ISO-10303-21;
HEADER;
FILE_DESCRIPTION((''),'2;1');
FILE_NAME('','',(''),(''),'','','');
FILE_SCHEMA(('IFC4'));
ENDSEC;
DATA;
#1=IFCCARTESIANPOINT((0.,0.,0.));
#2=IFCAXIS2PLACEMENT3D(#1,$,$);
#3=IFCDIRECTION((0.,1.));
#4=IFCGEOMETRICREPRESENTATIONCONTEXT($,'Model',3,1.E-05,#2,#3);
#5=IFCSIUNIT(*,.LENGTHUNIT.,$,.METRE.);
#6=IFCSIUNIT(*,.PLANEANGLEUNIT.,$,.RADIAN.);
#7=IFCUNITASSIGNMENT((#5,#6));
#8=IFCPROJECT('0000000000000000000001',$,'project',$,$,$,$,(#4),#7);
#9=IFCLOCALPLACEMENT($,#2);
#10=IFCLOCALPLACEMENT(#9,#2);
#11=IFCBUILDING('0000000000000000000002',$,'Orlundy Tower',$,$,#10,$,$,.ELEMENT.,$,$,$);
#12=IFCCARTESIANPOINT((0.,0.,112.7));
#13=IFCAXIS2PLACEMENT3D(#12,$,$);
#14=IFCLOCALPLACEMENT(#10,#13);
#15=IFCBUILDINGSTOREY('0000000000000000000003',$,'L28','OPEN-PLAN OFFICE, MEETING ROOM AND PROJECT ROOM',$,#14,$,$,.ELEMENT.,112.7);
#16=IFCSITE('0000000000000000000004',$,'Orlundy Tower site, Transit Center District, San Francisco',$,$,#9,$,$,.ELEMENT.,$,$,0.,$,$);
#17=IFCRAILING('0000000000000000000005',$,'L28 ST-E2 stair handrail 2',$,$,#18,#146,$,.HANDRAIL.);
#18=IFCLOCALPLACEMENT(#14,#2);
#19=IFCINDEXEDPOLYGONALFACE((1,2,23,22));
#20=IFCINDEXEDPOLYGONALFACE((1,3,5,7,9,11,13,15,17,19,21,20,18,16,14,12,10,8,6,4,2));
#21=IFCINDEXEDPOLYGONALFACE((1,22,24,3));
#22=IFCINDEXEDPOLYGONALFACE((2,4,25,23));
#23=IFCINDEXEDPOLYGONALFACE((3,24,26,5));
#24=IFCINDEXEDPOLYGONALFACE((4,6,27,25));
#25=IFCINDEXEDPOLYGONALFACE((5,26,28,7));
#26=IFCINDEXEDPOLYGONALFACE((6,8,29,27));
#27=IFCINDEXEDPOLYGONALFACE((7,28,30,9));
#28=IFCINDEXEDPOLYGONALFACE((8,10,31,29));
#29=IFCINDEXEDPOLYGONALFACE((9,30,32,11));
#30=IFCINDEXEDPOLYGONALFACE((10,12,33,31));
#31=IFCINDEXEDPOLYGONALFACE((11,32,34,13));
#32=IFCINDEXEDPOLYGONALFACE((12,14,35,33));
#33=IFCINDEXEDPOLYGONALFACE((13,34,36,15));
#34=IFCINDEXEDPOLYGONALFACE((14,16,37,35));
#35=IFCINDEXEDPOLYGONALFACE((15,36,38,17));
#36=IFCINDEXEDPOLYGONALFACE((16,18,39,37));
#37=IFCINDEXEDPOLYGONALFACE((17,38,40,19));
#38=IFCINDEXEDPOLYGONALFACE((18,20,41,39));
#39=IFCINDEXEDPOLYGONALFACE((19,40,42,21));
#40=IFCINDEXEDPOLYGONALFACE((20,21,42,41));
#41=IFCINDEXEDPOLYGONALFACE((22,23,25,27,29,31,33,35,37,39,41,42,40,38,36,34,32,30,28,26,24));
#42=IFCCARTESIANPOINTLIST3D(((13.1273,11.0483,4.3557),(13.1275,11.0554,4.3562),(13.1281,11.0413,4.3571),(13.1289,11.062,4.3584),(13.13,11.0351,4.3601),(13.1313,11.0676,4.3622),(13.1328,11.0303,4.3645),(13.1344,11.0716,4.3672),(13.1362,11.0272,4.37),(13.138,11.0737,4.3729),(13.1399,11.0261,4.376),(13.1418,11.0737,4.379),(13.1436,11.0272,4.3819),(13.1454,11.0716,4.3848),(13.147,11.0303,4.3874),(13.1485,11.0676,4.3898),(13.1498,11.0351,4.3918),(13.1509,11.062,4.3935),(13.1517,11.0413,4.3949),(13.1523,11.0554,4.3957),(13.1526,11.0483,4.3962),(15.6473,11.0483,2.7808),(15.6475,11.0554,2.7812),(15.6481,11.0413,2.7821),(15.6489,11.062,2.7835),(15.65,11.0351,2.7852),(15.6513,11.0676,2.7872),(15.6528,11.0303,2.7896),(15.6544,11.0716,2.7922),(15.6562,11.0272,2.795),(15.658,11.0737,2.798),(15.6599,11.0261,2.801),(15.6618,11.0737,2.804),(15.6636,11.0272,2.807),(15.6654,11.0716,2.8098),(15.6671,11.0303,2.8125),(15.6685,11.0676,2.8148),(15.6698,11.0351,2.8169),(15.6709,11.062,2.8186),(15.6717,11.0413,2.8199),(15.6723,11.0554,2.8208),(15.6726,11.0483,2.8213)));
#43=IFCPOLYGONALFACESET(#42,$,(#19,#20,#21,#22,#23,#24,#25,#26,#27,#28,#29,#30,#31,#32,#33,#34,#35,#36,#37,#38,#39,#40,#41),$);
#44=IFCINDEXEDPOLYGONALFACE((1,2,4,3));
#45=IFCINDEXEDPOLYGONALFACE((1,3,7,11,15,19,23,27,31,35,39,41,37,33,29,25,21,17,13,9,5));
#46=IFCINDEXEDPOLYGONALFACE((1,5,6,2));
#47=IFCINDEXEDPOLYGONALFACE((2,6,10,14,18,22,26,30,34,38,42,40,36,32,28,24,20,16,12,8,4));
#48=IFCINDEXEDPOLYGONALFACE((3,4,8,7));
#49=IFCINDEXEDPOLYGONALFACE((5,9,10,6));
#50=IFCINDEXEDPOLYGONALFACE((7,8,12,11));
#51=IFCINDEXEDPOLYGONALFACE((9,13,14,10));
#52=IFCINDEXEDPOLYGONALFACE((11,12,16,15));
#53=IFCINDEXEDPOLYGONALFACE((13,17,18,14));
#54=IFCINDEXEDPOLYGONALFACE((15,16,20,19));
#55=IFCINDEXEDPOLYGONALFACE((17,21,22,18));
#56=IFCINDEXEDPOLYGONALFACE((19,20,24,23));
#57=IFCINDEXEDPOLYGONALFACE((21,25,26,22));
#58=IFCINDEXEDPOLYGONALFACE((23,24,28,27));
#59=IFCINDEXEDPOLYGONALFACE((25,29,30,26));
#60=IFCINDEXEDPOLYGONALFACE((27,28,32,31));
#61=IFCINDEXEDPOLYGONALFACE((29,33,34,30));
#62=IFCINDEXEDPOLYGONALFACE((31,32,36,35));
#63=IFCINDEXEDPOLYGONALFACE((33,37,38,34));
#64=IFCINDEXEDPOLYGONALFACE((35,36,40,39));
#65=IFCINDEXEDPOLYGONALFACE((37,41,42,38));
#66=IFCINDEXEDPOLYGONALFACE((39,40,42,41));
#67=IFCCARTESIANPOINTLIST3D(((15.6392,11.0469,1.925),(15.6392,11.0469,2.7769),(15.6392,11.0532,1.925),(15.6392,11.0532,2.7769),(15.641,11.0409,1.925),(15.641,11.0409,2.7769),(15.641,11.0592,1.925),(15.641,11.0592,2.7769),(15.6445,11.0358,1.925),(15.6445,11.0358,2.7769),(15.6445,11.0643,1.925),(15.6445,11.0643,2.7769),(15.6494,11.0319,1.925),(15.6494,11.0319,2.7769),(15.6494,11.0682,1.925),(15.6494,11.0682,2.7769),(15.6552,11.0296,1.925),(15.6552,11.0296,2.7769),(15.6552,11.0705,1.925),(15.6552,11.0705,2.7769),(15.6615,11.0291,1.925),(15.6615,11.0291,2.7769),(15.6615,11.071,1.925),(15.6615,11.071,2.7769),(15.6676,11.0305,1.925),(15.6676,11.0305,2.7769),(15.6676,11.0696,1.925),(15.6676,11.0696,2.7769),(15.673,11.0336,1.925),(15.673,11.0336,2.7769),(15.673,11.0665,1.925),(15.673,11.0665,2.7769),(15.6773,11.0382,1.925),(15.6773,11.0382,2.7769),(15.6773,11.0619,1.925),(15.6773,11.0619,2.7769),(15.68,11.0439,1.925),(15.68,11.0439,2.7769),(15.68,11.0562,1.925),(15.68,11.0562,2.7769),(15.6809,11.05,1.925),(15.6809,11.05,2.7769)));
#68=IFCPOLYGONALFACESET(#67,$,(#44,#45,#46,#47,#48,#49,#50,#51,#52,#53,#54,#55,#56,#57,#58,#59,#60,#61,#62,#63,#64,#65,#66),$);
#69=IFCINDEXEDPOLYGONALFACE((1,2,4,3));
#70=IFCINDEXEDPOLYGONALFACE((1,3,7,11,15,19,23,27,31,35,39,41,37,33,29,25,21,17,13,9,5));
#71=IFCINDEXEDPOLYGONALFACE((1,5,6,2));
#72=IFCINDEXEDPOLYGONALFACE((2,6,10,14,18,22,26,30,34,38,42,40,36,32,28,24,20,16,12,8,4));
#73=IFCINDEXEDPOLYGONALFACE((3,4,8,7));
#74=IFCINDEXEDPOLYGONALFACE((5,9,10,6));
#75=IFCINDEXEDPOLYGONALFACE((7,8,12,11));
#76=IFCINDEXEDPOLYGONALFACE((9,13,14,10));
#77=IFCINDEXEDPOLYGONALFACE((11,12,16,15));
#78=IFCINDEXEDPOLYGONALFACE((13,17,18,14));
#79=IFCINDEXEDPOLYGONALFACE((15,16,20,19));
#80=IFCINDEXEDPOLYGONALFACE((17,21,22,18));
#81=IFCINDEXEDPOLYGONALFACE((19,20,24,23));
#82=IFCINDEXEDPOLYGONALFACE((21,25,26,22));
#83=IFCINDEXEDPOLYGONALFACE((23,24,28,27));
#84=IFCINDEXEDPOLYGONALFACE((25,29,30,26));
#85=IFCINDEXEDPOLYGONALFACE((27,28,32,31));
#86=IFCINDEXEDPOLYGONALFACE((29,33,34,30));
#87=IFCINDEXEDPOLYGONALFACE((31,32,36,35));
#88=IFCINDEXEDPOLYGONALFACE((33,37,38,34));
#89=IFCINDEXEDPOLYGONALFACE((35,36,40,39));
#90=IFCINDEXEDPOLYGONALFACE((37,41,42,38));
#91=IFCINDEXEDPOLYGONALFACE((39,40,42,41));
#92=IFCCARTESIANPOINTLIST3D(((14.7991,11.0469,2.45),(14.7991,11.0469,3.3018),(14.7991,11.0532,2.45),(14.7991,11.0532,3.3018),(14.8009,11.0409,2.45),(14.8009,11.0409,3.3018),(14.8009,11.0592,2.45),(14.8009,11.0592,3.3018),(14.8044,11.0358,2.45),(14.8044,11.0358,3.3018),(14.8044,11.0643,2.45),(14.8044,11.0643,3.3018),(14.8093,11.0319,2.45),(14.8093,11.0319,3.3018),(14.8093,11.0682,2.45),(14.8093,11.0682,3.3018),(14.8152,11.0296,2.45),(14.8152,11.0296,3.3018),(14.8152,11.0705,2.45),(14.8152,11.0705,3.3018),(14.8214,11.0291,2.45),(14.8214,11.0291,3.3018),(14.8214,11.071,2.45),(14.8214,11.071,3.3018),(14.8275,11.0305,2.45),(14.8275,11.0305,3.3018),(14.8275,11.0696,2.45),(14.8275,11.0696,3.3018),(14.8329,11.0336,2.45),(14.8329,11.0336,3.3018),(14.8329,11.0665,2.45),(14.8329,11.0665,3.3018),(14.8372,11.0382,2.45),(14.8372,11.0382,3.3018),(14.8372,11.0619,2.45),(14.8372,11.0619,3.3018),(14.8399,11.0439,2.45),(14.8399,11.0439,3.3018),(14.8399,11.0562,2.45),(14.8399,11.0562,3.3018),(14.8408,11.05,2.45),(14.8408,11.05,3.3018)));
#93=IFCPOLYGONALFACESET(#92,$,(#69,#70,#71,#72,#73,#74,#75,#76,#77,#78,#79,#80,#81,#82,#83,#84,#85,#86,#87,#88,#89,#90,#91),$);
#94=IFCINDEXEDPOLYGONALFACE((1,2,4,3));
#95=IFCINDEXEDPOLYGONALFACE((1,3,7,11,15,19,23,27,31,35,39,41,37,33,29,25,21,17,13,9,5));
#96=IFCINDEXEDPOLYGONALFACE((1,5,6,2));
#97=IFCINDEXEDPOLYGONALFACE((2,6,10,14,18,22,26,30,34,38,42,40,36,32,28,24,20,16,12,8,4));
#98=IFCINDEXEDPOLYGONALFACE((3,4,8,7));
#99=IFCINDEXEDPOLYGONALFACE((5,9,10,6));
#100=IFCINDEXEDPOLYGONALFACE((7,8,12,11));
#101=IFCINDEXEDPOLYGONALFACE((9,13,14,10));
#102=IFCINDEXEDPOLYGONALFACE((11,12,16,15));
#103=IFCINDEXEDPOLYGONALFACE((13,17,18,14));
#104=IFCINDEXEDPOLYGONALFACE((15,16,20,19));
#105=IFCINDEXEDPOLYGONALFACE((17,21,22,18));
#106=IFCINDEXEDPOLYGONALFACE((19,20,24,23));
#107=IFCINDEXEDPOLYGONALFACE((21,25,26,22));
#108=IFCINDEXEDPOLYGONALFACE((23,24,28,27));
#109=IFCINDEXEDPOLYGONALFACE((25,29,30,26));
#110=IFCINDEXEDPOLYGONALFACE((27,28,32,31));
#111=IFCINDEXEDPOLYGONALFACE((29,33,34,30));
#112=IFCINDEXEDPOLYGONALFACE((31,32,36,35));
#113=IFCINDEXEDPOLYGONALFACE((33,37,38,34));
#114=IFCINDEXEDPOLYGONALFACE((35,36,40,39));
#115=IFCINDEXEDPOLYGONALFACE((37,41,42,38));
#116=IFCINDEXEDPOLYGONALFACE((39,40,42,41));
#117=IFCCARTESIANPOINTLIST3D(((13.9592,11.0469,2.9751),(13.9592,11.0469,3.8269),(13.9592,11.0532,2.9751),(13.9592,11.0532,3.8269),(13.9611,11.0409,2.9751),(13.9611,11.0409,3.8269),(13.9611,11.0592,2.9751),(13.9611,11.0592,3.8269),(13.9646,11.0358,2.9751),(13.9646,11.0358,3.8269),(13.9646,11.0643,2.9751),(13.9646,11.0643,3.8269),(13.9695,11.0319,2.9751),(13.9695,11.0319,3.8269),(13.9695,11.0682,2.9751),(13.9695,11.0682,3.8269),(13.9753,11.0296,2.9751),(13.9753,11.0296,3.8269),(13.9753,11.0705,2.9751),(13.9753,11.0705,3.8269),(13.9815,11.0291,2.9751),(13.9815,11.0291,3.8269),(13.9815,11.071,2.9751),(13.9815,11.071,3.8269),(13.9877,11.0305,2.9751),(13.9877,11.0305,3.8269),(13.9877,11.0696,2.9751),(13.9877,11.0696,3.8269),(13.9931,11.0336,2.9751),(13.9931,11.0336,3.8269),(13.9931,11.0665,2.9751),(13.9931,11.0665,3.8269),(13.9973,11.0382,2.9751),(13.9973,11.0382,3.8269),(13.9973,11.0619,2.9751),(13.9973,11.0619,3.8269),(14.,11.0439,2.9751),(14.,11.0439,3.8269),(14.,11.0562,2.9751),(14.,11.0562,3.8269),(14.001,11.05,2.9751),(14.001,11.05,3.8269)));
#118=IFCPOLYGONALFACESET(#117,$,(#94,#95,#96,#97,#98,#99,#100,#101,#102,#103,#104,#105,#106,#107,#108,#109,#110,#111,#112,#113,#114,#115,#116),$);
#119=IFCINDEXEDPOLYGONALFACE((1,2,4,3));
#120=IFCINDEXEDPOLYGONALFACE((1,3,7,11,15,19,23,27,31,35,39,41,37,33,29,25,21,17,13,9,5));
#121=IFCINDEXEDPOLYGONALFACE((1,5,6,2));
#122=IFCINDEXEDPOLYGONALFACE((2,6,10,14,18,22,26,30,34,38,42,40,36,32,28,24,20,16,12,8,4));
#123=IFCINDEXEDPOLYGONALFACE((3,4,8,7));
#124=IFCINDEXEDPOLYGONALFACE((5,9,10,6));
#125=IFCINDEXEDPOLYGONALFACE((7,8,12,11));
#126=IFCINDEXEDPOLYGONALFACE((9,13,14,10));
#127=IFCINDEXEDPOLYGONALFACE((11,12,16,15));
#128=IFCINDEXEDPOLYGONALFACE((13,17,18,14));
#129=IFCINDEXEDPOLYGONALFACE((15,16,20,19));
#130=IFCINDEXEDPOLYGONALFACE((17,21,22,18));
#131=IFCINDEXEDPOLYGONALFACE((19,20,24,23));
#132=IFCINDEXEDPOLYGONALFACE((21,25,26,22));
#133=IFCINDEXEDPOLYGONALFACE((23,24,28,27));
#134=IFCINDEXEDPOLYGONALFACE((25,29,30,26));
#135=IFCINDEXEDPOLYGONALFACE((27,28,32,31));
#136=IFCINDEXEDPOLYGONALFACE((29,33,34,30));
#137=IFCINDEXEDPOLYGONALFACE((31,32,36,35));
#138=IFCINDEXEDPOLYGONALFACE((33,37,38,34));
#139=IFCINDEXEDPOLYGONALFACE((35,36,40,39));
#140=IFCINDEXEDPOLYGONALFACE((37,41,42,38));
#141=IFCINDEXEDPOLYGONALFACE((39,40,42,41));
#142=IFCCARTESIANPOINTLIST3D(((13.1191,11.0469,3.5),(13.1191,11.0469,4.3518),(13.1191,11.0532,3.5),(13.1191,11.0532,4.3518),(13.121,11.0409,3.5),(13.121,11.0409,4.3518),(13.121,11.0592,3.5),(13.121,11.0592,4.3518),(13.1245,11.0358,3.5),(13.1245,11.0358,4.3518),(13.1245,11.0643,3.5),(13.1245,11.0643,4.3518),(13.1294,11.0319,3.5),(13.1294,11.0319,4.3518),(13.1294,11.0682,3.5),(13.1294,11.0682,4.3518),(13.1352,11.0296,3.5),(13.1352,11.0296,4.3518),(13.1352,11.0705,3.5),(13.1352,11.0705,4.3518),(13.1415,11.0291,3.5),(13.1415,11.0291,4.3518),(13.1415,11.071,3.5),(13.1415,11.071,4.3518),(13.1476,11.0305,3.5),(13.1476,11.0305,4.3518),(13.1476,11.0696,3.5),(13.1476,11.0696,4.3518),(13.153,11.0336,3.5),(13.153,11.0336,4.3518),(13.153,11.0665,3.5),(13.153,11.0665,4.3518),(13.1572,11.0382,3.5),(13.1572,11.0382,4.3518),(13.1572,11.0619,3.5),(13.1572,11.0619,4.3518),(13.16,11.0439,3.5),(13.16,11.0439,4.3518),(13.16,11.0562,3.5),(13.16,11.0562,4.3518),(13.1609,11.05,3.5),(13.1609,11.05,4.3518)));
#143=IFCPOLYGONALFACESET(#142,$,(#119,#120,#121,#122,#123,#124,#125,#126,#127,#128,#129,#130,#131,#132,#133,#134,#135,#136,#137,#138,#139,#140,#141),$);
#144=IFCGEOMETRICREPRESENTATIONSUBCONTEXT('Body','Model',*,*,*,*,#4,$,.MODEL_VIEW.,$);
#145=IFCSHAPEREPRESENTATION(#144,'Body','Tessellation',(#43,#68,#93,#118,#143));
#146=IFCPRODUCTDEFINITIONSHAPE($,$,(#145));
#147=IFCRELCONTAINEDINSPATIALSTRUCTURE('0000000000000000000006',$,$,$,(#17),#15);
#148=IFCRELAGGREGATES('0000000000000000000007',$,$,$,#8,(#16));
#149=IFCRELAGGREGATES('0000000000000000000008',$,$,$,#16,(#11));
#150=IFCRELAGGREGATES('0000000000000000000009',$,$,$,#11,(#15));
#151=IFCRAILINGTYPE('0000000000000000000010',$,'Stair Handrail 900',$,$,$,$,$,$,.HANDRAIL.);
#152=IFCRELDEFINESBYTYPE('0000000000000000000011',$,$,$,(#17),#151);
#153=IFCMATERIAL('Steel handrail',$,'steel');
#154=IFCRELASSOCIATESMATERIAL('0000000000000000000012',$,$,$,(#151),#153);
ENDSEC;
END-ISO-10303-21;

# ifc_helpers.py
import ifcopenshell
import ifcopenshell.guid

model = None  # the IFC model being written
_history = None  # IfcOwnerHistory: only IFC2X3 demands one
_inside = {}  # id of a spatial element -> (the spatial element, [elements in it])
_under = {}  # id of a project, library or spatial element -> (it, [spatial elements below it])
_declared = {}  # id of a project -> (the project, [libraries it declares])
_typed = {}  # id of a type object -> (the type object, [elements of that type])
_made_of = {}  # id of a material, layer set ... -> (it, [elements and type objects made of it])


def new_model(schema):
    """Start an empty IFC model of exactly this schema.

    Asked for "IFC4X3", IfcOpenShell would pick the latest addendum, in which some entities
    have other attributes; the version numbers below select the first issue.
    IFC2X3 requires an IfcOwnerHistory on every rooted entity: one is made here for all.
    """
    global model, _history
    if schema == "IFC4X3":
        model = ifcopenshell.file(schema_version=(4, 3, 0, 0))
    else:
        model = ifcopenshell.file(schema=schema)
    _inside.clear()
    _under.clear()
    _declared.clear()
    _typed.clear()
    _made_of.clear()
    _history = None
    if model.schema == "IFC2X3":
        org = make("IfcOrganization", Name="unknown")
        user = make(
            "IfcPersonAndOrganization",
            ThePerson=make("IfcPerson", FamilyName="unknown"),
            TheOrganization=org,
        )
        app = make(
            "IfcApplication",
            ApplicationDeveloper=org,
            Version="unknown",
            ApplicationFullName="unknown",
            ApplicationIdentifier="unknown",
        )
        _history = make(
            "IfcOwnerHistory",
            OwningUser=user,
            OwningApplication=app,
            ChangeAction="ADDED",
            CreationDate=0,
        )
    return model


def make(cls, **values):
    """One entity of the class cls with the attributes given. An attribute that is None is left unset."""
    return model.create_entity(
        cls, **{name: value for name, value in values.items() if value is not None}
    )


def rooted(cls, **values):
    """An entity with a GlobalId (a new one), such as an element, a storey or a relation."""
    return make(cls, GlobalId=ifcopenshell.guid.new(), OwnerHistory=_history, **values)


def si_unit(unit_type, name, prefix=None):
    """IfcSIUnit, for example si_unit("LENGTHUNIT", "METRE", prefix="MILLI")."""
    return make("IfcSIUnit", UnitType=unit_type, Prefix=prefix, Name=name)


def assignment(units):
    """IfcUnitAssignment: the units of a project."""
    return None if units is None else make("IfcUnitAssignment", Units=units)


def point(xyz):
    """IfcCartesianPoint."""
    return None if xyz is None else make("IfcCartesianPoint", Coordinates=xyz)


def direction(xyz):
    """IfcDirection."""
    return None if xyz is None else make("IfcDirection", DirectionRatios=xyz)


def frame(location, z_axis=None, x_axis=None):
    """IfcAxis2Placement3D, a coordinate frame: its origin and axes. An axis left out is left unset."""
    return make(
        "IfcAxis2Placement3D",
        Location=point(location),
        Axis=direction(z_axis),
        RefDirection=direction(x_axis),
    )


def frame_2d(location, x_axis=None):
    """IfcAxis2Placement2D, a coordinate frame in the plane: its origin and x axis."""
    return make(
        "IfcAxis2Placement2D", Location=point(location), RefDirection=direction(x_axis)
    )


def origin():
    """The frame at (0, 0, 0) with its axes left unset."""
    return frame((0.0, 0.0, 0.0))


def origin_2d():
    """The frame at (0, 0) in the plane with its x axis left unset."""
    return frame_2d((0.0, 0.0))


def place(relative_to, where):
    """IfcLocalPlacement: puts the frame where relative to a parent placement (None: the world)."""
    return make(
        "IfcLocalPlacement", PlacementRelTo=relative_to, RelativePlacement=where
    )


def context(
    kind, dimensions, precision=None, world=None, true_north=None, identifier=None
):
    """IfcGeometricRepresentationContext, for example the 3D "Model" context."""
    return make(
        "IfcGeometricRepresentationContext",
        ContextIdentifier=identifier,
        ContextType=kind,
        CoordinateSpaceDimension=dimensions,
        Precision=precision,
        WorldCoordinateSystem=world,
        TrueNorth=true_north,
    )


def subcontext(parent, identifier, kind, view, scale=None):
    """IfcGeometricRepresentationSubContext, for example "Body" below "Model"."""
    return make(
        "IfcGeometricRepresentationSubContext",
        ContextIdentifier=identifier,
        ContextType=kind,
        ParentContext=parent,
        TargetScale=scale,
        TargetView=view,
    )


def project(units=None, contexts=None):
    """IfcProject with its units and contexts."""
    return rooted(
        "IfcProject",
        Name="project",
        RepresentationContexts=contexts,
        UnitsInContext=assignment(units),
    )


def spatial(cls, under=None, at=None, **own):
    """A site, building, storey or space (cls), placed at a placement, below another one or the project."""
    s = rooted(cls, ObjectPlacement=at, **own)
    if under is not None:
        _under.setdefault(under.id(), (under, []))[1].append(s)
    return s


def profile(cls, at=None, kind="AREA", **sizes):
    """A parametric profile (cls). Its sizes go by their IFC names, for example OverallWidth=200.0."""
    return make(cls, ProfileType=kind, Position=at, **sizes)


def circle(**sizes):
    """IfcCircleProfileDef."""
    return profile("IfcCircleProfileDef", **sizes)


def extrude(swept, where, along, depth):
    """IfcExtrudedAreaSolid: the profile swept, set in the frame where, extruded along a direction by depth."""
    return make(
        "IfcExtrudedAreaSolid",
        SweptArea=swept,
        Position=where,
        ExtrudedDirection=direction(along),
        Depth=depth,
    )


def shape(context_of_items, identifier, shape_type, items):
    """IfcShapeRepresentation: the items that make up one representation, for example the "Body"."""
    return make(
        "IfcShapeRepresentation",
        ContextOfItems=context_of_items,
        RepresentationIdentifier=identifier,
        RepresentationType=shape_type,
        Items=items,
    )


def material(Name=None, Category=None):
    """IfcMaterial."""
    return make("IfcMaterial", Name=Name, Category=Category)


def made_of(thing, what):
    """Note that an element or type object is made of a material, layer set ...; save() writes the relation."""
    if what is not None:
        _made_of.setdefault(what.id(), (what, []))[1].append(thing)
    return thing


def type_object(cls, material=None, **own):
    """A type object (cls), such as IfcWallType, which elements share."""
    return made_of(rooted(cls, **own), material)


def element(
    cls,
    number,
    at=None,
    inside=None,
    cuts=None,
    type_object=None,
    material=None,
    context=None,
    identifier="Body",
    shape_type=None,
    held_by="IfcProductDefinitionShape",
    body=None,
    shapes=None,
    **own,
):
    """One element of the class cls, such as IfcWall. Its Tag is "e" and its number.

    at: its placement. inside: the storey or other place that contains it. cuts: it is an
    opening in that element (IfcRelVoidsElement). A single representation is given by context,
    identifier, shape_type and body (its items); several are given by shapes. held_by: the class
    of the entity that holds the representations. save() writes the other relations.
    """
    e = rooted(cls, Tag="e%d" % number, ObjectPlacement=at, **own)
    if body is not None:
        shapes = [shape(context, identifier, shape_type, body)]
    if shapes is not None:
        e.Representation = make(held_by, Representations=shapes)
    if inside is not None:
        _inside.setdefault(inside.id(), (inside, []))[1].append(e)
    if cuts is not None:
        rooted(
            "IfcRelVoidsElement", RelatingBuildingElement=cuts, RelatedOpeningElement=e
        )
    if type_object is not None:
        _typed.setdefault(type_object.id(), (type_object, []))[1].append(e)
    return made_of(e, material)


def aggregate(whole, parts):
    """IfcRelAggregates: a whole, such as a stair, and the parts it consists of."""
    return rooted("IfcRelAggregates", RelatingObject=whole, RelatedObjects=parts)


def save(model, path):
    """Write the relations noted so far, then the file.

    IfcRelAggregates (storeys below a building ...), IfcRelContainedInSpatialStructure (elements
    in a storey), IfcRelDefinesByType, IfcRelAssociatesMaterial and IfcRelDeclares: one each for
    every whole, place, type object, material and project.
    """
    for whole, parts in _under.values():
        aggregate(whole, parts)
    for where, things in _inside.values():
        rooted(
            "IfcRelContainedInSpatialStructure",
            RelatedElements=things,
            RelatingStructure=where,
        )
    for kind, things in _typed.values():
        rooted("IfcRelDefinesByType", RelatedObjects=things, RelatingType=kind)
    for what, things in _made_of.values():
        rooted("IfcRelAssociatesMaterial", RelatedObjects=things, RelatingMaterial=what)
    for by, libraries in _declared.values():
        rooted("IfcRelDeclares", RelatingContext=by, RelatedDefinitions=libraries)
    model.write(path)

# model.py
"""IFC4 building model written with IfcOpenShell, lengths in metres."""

from ifc_helpers import new_model, si_unit, direction, frame, origin, origin_2d, place, context, subcontext, project, spatial, circle, extrude, material, type_object, element, save


model = new_model("IFC4")

# Units and contexts
model_context = context("Model", 3, precision=1e-05, world=origin(), true_north=direction((0.0, 1.0)))
body_context = subcontext(model_context, "Body", "Model", "MODEL_VIEW")
ifc_project = project(units=[si_unit("LENGTHUNIT", "METRE"), si_unit("PLANEANGLEUNIT", "RADIAN")], contexts=[model_context])

# Site, building, storey
site_placement = place(None, origin())
site = spatial("IfcSite", under=ifc_project, at=site_placement, Name="Orlundy Tower site, Transit Center District, San Francisco", CompositionType="ELEMENT", RefElevation=0.0)
building_placement = place(site_placement, origin())
building = spatial("IfcBuilding", under=site, at=building_placement, Name="Orlundy Tower", CompositionType="ELEMENT")
storey_placement = place(building_placement, frame((0.0, 0.0, 112.7)))
storey = spatial("IfcBuildingStorey", under=building, at=storey_placement, Name="L28", Description="OPEN-PLAN OFFICE, MEETING ROOM AND PROJECT ROOM", CompositionType="ELEMENT", Elevation=112.7)

# Railing
ifc_material_1 = material(Name="Steel handrail", Category="steel")
railing_type_1 = type_object("IfcRailingType", Name="Stair Handrail 900", PredefinedType="HANDRAIL", material=ifc_material_1)
railing_1_placement = place(storey_placement, frame((15.6599, 11.05, 1.925)))
element("IfcRailing", 1, at=railing_1_placement, inside=storey, type_object=railing_type_1, Name="L28 ST-E2 stair handrail 2", PredefinedType="HANDRAIL", context=body_context, shape_type="SweptSolid", body=[
    extrude(circle(Radius=0.0239, at=origin_2d()), frame((0.0, 0.0, 0.876), z_axis=(-0.848008, 0.0, 0.529984), x_axis=(0.0, -1.0, 0.0)), (0.0, 0.0, 1.0), 2.9717),
    extrude(circle(Radius=0.021, at=origin_2d()), origin(), (0.0, 0.0, 1.0), 0.8518),
    extrude(circle(Radius=0.021, at=origin_2d()), frame((-0.8401, 0.0, 0.5249)), (0.0, 0.0, 1.0), 0.8518),
    extrude(circle(Radius=0.021, at=origin_2d()), frame((-1.6799, 0.0, 1.05)), (0.0, 0.0, 1.0), 0.8518),
    extrude(circle(Radius=0.021, at=origin_2d()), frame((-2.52, 0.0, 1.575)), (0.0, 0.0, 1.0), 0.8518),
])

save(model, "model.ifc")
